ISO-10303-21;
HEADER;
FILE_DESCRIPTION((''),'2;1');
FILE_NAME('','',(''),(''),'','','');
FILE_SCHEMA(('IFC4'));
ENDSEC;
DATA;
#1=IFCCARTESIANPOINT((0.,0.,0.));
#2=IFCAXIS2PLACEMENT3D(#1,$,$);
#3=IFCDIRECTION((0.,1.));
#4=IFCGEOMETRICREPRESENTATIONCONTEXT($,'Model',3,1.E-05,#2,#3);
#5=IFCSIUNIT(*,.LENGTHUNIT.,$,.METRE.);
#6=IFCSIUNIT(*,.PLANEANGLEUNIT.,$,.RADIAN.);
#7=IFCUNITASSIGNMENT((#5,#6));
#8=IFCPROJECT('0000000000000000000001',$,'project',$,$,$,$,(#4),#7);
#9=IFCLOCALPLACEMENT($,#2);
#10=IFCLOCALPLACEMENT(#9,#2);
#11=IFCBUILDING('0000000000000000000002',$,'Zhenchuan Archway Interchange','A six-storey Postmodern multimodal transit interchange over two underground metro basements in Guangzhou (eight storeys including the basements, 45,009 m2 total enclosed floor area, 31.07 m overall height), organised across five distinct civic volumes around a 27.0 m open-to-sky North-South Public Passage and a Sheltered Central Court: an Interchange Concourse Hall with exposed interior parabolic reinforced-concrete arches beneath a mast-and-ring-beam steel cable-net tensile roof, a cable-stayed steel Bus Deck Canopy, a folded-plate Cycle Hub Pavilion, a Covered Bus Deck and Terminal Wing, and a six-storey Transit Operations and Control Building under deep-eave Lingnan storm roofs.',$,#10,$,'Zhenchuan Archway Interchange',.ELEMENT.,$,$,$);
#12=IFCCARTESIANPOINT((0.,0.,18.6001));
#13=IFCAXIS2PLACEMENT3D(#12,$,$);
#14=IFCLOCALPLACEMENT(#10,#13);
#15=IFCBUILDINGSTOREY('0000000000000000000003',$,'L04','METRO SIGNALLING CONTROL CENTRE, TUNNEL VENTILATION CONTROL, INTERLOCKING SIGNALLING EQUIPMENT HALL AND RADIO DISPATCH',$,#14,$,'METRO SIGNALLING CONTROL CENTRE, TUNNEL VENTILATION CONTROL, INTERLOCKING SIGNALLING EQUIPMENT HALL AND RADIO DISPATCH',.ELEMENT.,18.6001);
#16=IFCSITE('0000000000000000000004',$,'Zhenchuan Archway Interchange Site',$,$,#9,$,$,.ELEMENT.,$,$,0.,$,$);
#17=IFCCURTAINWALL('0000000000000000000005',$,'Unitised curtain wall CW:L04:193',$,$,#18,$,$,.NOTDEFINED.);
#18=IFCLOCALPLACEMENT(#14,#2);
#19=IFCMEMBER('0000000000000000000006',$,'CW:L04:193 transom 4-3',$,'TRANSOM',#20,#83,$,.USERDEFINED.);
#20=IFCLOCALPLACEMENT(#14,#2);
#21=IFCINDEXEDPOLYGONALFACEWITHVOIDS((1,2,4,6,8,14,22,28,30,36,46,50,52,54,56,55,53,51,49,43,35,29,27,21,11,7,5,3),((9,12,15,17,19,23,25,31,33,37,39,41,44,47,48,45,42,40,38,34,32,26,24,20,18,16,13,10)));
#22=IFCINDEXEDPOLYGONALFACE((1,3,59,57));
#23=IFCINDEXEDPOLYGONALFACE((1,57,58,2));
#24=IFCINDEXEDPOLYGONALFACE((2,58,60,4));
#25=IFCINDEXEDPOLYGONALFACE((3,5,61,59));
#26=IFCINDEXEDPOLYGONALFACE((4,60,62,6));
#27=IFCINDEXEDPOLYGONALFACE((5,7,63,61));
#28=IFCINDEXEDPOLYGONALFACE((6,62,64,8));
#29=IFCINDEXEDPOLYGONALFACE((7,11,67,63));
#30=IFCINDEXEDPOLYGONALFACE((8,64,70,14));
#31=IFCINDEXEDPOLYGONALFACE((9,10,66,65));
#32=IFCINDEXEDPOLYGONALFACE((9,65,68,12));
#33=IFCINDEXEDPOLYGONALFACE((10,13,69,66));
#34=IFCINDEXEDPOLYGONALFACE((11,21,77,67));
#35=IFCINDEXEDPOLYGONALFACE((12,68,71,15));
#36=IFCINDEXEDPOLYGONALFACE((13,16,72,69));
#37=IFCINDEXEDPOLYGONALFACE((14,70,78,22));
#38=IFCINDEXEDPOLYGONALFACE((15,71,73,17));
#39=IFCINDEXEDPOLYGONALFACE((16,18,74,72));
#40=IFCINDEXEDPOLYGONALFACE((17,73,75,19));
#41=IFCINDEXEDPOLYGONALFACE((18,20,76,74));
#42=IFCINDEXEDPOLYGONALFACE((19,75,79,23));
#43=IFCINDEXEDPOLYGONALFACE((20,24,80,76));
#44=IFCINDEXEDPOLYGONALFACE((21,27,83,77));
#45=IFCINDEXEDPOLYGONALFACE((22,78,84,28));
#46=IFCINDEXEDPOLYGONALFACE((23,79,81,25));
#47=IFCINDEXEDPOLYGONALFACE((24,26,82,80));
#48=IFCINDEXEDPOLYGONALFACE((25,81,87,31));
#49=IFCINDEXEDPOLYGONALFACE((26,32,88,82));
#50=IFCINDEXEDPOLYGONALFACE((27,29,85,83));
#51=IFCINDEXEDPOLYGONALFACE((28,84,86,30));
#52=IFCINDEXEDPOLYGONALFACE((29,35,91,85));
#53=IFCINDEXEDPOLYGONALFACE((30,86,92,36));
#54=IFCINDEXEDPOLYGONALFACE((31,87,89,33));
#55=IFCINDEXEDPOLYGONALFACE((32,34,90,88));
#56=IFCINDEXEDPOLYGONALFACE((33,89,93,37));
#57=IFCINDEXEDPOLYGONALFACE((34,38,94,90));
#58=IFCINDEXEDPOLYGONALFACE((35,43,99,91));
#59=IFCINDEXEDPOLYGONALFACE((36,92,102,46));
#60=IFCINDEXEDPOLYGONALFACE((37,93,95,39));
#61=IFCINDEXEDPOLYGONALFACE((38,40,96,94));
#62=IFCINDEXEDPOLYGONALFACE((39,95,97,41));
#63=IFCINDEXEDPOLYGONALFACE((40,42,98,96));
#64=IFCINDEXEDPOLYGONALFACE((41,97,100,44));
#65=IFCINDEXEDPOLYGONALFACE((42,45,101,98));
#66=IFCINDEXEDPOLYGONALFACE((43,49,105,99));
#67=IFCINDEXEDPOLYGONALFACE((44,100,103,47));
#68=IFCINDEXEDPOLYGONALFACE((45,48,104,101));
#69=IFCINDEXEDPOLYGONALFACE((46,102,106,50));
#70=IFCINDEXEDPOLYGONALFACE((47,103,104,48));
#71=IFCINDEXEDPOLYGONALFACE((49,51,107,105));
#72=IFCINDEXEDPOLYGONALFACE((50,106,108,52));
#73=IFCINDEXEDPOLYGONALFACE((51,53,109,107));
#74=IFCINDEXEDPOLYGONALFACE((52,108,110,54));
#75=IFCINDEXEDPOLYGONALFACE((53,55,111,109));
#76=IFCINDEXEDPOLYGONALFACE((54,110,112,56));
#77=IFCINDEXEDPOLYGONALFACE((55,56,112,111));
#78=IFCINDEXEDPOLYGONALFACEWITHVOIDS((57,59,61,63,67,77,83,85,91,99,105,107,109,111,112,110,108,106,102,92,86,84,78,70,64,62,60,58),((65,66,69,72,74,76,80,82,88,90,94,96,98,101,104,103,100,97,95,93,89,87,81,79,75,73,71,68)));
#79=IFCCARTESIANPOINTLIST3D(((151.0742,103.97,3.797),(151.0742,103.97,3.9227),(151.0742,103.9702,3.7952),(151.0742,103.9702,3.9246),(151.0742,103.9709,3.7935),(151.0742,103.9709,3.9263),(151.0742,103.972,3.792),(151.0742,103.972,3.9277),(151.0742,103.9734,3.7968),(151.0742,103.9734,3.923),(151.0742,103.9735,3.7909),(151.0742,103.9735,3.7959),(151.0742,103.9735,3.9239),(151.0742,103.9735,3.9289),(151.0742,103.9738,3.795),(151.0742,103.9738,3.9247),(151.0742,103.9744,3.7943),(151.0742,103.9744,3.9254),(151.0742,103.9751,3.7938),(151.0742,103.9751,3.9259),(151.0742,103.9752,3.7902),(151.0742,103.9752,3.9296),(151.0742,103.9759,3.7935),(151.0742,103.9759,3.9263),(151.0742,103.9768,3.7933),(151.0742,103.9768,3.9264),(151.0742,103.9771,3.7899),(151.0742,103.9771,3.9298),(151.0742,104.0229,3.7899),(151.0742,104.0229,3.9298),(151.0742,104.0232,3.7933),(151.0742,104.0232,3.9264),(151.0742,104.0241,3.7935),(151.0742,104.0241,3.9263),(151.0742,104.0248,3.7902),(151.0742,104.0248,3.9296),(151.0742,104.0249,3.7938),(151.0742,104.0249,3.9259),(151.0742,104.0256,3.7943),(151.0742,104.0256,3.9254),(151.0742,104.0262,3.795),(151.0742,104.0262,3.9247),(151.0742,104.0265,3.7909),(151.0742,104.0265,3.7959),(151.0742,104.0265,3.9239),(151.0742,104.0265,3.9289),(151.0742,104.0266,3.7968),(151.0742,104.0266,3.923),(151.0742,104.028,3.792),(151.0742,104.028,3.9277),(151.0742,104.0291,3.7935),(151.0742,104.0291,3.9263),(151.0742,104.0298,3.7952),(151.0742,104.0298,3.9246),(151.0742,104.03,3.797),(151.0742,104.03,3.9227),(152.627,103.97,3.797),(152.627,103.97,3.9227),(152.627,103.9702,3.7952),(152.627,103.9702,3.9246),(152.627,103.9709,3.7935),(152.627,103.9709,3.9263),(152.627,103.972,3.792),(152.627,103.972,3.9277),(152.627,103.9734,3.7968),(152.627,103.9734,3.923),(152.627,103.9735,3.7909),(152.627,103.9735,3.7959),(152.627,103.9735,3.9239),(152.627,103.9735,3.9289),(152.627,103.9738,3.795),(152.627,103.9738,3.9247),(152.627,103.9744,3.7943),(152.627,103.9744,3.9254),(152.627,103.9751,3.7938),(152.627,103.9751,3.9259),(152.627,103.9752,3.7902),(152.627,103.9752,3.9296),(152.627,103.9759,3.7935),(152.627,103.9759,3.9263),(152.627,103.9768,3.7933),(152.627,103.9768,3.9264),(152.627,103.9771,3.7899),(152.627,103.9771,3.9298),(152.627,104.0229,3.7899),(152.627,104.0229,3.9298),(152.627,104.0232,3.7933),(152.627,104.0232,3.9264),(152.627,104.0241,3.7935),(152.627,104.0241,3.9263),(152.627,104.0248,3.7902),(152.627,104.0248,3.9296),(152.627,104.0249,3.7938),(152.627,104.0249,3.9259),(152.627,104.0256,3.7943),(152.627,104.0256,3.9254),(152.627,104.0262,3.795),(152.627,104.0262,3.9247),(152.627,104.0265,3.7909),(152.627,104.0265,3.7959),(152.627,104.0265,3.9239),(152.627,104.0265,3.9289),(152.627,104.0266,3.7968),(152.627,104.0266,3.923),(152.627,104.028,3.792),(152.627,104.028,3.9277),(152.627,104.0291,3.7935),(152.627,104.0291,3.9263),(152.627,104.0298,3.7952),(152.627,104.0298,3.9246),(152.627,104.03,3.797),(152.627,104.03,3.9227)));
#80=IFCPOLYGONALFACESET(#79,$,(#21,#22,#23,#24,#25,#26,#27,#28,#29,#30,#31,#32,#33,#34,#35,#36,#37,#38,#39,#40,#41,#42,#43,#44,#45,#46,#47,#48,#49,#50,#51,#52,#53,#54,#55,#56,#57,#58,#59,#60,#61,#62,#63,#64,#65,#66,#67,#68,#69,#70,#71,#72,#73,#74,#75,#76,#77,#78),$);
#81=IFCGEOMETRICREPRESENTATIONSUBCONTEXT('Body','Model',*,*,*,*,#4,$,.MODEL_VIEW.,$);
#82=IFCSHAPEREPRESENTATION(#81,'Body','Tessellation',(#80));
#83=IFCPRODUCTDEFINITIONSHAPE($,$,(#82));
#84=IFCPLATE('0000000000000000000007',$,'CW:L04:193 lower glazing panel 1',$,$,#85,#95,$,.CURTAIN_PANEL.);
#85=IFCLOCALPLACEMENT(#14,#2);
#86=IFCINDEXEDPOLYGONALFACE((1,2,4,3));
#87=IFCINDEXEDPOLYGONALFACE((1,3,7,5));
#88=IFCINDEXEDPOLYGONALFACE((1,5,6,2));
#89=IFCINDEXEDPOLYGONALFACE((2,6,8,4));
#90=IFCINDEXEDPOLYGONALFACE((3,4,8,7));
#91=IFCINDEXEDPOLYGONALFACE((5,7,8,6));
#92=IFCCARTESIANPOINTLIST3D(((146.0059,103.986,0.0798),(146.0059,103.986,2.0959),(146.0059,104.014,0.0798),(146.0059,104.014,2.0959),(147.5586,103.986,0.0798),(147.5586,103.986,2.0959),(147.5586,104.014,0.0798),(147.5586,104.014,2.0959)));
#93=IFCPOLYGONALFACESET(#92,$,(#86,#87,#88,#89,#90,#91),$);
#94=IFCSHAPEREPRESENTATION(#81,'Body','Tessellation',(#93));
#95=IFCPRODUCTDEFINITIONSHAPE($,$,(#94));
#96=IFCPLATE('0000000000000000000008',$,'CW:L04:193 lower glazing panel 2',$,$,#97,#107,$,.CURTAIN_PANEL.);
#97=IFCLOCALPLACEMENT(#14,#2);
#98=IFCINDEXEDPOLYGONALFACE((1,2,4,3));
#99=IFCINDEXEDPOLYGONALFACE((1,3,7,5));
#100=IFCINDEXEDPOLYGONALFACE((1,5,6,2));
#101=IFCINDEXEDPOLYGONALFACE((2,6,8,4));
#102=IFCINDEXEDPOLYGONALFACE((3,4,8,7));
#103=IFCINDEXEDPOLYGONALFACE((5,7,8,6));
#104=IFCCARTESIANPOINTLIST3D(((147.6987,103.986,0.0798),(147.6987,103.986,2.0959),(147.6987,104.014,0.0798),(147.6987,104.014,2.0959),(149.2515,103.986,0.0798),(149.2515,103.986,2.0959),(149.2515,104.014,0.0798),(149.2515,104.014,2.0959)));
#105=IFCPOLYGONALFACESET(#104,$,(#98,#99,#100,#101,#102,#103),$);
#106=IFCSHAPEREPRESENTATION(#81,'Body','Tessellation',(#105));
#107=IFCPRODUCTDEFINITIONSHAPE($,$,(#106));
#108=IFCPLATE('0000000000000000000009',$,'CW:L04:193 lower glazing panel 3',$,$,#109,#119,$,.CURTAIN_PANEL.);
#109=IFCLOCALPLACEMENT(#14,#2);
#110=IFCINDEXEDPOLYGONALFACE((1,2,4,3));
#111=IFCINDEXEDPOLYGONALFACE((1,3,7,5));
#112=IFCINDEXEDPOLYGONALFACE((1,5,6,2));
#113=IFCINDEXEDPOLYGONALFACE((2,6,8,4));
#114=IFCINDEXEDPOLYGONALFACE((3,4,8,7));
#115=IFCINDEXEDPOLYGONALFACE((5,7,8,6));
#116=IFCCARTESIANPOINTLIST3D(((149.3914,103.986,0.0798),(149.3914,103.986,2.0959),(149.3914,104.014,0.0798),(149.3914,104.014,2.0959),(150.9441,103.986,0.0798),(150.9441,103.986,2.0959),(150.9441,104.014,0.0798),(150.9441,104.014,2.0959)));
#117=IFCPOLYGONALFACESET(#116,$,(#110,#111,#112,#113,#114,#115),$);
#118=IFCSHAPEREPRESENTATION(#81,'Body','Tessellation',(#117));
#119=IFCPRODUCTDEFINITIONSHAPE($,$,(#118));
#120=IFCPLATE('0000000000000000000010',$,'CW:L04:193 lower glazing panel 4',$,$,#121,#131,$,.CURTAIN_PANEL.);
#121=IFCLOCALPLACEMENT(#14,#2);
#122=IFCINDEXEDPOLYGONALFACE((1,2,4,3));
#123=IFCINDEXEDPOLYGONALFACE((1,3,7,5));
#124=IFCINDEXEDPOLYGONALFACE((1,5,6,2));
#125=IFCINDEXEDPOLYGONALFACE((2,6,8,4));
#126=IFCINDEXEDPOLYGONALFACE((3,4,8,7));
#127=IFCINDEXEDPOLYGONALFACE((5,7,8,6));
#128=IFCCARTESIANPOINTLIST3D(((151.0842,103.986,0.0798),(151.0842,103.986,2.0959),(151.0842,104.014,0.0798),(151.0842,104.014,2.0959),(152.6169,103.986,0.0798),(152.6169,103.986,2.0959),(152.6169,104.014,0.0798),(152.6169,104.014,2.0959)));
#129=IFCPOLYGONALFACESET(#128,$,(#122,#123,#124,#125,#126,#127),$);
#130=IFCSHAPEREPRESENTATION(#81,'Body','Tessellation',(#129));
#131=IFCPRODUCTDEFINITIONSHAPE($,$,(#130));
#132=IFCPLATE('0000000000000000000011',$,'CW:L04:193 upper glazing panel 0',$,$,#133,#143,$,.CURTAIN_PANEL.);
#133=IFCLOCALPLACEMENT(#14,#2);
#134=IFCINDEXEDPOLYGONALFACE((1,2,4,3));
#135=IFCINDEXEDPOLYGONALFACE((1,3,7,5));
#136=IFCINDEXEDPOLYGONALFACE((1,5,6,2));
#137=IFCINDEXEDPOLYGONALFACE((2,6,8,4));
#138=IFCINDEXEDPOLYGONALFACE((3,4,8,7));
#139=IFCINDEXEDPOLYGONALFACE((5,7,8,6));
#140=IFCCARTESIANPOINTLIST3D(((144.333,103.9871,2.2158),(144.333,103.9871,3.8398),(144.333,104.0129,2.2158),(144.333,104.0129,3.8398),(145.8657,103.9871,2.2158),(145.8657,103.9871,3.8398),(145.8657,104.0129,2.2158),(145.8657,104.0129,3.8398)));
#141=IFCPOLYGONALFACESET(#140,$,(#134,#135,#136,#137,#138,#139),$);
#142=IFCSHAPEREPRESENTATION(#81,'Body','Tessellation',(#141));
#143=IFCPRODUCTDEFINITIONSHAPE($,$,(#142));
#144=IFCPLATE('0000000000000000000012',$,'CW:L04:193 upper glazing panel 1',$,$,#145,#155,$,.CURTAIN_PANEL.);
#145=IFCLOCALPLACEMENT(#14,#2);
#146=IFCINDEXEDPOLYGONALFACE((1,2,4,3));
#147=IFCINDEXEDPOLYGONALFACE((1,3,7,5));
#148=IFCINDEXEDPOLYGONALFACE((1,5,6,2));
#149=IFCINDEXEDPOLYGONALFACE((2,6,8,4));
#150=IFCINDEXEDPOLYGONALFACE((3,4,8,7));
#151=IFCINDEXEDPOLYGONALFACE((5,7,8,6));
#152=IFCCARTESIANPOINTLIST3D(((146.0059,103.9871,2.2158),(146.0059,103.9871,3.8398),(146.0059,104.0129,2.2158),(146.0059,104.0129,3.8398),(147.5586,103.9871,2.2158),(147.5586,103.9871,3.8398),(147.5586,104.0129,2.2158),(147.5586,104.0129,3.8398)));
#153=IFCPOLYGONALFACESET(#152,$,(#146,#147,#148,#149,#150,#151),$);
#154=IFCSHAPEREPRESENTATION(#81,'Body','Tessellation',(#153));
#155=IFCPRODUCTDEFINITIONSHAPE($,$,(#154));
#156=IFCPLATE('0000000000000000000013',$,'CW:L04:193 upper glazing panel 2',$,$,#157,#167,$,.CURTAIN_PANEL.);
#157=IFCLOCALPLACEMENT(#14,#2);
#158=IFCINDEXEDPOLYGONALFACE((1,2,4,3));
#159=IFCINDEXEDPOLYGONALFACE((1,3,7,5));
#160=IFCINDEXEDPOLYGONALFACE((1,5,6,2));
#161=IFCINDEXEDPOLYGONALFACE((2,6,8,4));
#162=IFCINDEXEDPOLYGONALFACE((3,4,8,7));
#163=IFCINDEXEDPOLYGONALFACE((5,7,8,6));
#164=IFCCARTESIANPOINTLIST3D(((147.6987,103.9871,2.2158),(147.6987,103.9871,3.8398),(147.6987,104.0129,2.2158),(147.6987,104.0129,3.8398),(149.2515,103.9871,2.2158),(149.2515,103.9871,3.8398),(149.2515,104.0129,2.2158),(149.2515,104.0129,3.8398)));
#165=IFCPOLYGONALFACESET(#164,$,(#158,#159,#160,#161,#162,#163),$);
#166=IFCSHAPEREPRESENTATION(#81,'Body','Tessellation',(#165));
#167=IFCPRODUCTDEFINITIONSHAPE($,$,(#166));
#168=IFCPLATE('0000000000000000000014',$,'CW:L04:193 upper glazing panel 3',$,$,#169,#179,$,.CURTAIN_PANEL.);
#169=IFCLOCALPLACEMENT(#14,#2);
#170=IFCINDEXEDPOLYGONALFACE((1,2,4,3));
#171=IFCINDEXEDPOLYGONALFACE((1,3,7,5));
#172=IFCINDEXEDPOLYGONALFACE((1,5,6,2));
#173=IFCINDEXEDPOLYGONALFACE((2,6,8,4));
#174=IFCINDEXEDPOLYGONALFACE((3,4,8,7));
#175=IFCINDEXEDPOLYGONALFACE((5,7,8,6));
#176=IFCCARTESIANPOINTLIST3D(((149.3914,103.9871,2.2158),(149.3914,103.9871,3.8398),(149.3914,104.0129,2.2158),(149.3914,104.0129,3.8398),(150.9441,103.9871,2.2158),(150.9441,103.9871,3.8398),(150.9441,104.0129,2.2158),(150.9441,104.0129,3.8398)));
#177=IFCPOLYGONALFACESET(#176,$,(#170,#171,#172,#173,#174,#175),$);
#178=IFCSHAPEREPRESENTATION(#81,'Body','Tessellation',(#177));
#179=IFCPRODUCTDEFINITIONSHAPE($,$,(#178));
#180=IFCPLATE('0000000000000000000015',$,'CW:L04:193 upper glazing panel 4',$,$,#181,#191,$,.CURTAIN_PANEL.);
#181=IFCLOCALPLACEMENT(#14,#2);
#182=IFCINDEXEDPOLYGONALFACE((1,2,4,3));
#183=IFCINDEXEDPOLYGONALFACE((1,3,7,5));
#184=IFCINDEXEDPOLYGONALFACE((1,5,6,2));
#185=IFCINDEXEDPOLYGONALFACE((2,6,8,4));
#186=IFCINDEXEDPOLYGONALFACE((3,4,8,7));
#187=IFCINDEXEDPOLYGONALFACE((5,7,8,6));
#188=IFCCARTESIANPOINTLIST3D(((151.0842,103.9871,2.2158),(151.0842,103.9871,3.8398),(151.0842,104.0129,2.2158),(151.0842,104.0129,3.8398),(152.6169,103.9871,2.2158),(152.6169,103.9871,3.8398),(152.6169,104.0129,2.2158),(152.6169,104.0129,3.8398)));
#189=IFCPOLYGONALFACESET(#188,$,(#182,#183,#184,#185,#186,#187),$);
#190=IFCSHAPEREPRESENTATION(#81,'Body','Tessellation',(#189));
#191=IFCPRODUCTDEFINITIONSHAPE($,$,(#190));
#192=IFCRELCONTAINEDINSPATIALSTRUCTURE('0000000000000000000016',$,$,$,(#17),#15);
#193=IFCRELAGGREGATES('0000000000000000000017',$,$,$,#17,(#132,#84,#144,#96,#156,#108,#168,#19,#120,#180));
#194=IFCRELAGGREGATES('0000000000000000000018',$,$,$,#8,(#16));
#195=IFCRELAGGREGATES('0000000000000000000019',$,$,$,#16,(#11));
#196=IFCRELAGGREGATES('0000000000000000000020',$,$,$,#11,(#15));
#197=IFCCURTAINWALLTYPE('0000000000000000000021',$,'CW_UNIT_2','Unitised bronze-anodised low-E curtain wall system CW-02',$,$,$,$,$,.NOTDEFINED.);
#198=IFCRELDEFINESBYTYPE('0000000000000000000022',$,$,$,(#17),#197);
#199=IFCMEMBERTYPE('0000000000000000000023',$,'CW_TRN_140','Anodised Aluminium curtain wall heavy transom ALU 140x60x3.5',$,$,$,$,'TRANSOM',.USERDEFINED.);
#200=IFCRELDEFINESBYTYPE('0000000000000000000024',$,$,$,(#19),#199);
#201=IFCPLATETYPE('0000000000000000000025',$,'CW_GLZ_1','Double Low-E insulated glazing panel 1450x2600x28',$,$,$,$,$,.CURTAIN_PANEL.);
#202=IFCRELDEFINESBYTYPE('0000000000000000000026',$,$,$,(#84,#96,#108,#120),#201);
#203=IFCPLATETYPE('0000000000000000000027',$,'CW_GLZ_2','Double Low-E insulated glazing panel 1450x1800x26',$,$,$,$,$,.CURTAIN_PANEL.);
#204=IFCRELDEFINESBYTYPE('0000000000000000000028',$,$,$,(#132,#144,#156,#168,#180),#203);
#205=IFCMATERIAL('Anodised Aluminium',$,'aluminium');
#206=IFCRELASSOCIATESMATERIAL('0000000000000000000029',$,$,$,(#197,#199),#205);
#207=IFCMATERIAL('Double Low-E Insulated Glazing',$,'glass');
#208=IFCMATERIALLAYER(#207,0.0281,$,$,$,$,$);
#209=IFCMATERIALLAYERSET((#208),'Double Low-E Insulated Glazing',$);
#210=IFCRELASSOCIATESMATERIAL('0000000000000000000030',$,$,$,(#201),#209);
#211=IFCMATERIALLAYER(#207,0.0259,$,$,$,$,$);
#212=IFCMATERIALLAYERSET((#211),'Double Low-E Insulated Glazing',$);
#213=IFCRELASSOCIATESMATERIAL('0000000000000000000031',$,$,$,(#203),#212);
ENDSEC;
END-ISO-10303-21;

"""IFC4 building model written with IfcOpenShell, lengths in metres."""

from ifc_helpers import new_model, si_unit, direction, frame, origin, origin_2d, place, context, subcontext, project, spatial, rectangle, hollow_rectangle, extrude, material, layer, layer_set, material_profile, profile_set, type_object, element, aggregate, save


model = new_model("IFC4")

# Units and contexts
model_context = context("Model", 3, precision=1e-05, world=origin(), true_north=direction((0.0, 1.0)))
body_context = subcontext(model_context, "Body", "Model", "MODEL_VIEW")
ifc_project = project(units=[si_unit("LENGTHUNIT", "METRE"), si_unit("PLANEANGLEUNIT", "RADIAN")], contexts=[model_context])

# Site, building, storey
site_placement = place(None, origin())
site = spatial("IfcSite", under=ifc_project, at=site_placement, Name="Zhenchuan Archway Interchange Site", CompositionType="ELEMENT", RefElevation=0.0)
building_placement = place(site_placement, origin())
building = spatial("IfcBuilding", under=site, at=building_placement, Name="Zhenchuan Archway Interchange", Description="A six-storey Postmodern multimodal transit interchange over two underground metro basements in Guangzhou (eight storeys including the basements, 45,009 m2 total enclosed floor area, 31.07 m overall height), organised across five distinct civic volumes around a 27.0 m open-to-sky North-South Public Passage and a Sheltered Central Court: an Interchange Concourse Hall with exposed interior parabolic reinforced-concrete arches beneath a mast-and-ring-beam steel cable-net tensile roof, a cable-stayed steel Bus Deck Canopy, a folded-plate Cycle Hub Pavilion, a Covered Bus Deck and Terminal Wing, and a six-storey Transit Operations and Control Building under deep-eave Lingnan storm roofs.", LongName="Zhenchuan Archway Interchange", CompositionType="ELEMENT")
storey_placement = place(building_placement, frame((0.0, 0.0, 18.6001)))
storey = spatial("IfcBuildingStorey", under=building, at=storey_placement, Name="L04", Description="METRO SIGNALLING CONTROL CENTRE, TUNNEL VENTILATION CONTROL, INTERLOCKING SIGNALLING EQUIPMENT HALL AND RADIO DISPATCH", LongName="METRO SIGNALLING CONTROL CENTRE, TUNNEL VENTILATION CONTROL, INTERLOCKING SIGNALLING EQUIPMENT HALL AND RADIO DISPATCH", CompositionType="ELEMENT", Elevation=18.6001)

# Curtain wall, member, plates
ifc_material_1 = material(Name="Anodised Aluminium", Category="aluminium")
curtain_wall_type = type_object("IfcCurtainWallType", Name="CW_UNIT_2", Description="Unitised bronze-anodised low-E curtain wall system CW-02", PredefinedType="NOTDEFINED", material=ifc_material_1)
curtain_wall_placement = place(storey_placement, origin())
curtain_wall = element("IfcCurtainWall", 1, at=curtain_wall_placement, inside=storey, type_object=curtain_wall_type, Name="Unitised curtain wall CW:L04:193", PredefinedType="NOTDEFINED")
ifc_material_profile_1 = material_profile(ifc_material_1, hollow_rectangle(XDim=0.0601, YDim=0.1399, WallThickness=0.0034, InnerFilletRadius=0.0034, OuterFilletRadius=0.0071, at=origin_2d()), Name="ALU 140x60x3.5")
ifc_profile_set_1 = profile_set([ifc_material_profile_1], Name="Anodised Aluminium")
member_type_1 = type_object("IfcMemberType", Name="CW_TRN_140", Description="Anodised Aluminium curtain wall heavy transom ALU 140x60x3.5", ElementType="TRANSOM", PredefinedType="USERDEFINED", material=ifc_profile_set_1)
member_1_placement = place(storey_placement, frame((151.0742, 104.0, 3.8599), z_axis=(1.0, 0.0, 0.0), x_axis=(0.0, 1.0, 0.0)))
member_1 = element("IfcMember", 2, at=member_1_placement, type_object=member_type_1, Name="CW:L04:193 transom 4-3", ObjectType="TRANSOM", PredefinedType="USERDEFINED", context=body_context, shape_type="SweptSolid", body=[
    extrude(hollow_rectangle(XDim=0.0601, YDim=0.1399, WallThickness=0.0034, InnerFilletRadius=0.0034, OuterFilletRadius=0.0071, at=origin_2d()), origin(), (0.0, 0.0, 1.0), 1.5527),
])
ifc_material_2 = material(Name="Double Low-E Insulated Glazing", Category="glass")
ifc_layer_1 = layer(ifc_material_2, 0.0281)
ifc_layer_set_1 = layer_set([ifc_layer_1], Name="Double Low-E Insulated Glazing")
plate_type_1 = type_object("IfcPlateType", Name="CW_GLZ_1", Description="Double Low-E insulated glazing panel 1450x2600x28", PredefinedType="CURTAIN_PANEL", material=ifc_layer_set_1)
plate_1_placement = place(storey_placement, frame((146.7822, 104.0, 0.0798), z_axis=(0.0, 0.0, 1.0), x_axis=(1.0, 0.0, 0.0)))
plate_1 = element("IfcPlate", 3, at=plate_1_placement, type_object=plate_type_1, Name="CW:L04:193 lower glazing panel 1", PredefinedType="CURTAIN_PANEL", context=body_context, shape_type="SweptSolid", body=[
    extrude(rectangle(XDim=1.5527, YDim=0.0281, at=origin_2d()), origin(), (0.0, 0.0, 1.0), 2.0161),
])
plate_2_placement = place(storey_placement, frame((148.4751, 104.0, 0.0798), z_axis=(0.0, 0.0, 1.0), x_axis=(1.0, 0.0, 0.0)))
plate_2 = element("IfcPlate", 4, at=plate_2_placement, type_object=plate_type_1, Name="CW:L04:193 lower glazing panel 2", PredefinedType="CURTAIN_PANEL", context=body_context, shape_type="SweptSolid", body=[
    extrude(rectangle(XDim=1.5527, YDim=0.0281, at=origin_2d()), origin(), (0.0, 0.0, 1.0), 2.0161),
])
plate_3_placement = place(storey_placement, frame((150.1677, 104.0, 0.0798), z_axis=(0.0, 0.0, 1.0), x_axis=(1.0, 0.0, 0.0)))
plate_3 = element("IfcPlate", 5, at=plate_3_placement, type_object=plate_type_1, Name="CW:L04:193 lower glazing panel 3", PredefinedType="CURTAIN_PANEL", context=body_context, shape_type="SweptSolid", body=[
    extrude(rectangle(XDim=1.5527, YDim=0.0281, at=origin_2d()), origin(), (0.0, 0.0, 1.0), 2.0161),
])
plate_4_placement = place(storey_placement, frame((151.8506, 104.0, 0.0798), z_axis=(0.0, 0.0, 1.0), x_axis=(1.0, 0.0, 0.0)))
plate_4 = element("IfcPlate", 6, at=plate_4_placement, type_object=plate_type_1, Name="CW:L04:193 lower glazing panel 4", PredefinedType="CURTAIN_PANEL", context=body_context, shape_type="SweptSolid", body=[
    extrude(rectangle(XDim=1.5327, YDim=0.0281, at=origin_2d()), origin(), (0.0, 0.0, 1.0), 2.0161),
])
ifc_layer_2 = layer(ifc_material_2, 0.0259)
ifc_layer_set_2 = layer_set([ifc_layer_2], Name="Double Low-E Insulated Glazing")
plate_type_2 = type_object("IfcPlateType", Name="CW_GLZ_2", Description="Double Low-E insulated glazing panel 1450x1800x26", PredefinedType="CURTAIN_PANEL", material=ifc_layer_set_2)
plate_5_placement = place(storey_placement, frame((145.0994, 104.0, 2.2158), z_axis=(0.0, 0.0, 1.0), x_axis=(1.0, 0.0, 0.0)))
plate_5 = element("IfcPlate", 7, at=plate_5_placement, type_object=plate_type_2, Name="CW:L04:193 upper glazing panel 0", PredefinedType="CURTAIN_PANEL", context=body_context, shape_type="SweptSolid", body=[
    extrude(rectangle(XDim=1.5327, YDim=0.0259, at=origin_2d()), origin(), (0.0, 0.0, 1.0), 1.624),
])
plate_6_placement = place(storey_placement, frame((146.7822, 104.0, 2.2158), z_axis=(0.0, 0.0, 1.0), x_axis=(1.0, 0.0, 0.0)))
plate_6 = element("IfcPlate", 8, at=plate_6_placement, type_object=plate_type_2, Name="CW:L04:193 upper glazing panel 1", PredefinedType="CURTAIN_PANEL", context=body_context, shape_type="SweptSolid", body=[
    extrude(rectangle(XDim=1.5527, YDim=0.0259, at=origin_2d()), origin(), (0.0, 0.0, 1.0), 1.624),
])
plate_7_placement = place(storey_placement, frame((148.4751, 104.0, 2.2158), z_axis=(0.0, 0.0, 1.0), x_axis=(1.0, 0.0, 0.0)))
plate_7 = element("IfcPlate", 9, at=plate_7_placement, type_object=plate_type_2, Name="CW:L04:193 upper glazing panel 2", PredefinedType="CURTAIN_PANEL", context=body_context, shape_type="SweptSolid", body=[
    extrude(rectangle(XDim=1.5527, YDim=0.0259, at=origin_2d()), origin(), (0.0, 0.0, 1.0), 1.624),
])
plate_8_placement = place(storey_placement, frame((150.1677, 104.0, 2.2158), z_axis=(0.0, 0.0, 1.0), x_axis=(1.0, 0.0, 0.0)))
plate_8 = element("IfcPlate", 10, at=plate_8_placement, type_object=plate_type_2, Name="CW:L04:193 upper glazing panel 3", PredefinedType="CURTAIN_PANEL", context=body_context, shape_type="SweptSolid", body=[
    extrude(rectangle(XDim=1.5527, YDim=0.0259, at=origin_2d()), origin(), (0.0, 0.0, 1.0), 1.624),
])
plate_9_placement = place(storey_placement, frame((151.8506, 104.0, 2.2158), z_axis=(0.0, 0.0, 1.0), x_axis=(1.0, 0.0, 0.0)))
plate_9 = element("IfcPlate", 11, at=plate_9_placement, type_object=plate_type_2, Name="CW:L04:193 upper glazing panel 4", PredefinedType="CURTAIN_PANEL", context=body_context, shape_type="SweptSolid", body=[
    extrude(rectangle(XDim=1.5327, YDim=0.0259, at=origin_2d()), origin(), (0.0, 0.0, 1.0), 1.624),
])
aggregate(curtain_wall, [plate_5, plate_1, plate_6, plate_2, plate_7, plate_3, plate_8, member_1, plate_4, plate_9])

save(model, "model.ifc")
